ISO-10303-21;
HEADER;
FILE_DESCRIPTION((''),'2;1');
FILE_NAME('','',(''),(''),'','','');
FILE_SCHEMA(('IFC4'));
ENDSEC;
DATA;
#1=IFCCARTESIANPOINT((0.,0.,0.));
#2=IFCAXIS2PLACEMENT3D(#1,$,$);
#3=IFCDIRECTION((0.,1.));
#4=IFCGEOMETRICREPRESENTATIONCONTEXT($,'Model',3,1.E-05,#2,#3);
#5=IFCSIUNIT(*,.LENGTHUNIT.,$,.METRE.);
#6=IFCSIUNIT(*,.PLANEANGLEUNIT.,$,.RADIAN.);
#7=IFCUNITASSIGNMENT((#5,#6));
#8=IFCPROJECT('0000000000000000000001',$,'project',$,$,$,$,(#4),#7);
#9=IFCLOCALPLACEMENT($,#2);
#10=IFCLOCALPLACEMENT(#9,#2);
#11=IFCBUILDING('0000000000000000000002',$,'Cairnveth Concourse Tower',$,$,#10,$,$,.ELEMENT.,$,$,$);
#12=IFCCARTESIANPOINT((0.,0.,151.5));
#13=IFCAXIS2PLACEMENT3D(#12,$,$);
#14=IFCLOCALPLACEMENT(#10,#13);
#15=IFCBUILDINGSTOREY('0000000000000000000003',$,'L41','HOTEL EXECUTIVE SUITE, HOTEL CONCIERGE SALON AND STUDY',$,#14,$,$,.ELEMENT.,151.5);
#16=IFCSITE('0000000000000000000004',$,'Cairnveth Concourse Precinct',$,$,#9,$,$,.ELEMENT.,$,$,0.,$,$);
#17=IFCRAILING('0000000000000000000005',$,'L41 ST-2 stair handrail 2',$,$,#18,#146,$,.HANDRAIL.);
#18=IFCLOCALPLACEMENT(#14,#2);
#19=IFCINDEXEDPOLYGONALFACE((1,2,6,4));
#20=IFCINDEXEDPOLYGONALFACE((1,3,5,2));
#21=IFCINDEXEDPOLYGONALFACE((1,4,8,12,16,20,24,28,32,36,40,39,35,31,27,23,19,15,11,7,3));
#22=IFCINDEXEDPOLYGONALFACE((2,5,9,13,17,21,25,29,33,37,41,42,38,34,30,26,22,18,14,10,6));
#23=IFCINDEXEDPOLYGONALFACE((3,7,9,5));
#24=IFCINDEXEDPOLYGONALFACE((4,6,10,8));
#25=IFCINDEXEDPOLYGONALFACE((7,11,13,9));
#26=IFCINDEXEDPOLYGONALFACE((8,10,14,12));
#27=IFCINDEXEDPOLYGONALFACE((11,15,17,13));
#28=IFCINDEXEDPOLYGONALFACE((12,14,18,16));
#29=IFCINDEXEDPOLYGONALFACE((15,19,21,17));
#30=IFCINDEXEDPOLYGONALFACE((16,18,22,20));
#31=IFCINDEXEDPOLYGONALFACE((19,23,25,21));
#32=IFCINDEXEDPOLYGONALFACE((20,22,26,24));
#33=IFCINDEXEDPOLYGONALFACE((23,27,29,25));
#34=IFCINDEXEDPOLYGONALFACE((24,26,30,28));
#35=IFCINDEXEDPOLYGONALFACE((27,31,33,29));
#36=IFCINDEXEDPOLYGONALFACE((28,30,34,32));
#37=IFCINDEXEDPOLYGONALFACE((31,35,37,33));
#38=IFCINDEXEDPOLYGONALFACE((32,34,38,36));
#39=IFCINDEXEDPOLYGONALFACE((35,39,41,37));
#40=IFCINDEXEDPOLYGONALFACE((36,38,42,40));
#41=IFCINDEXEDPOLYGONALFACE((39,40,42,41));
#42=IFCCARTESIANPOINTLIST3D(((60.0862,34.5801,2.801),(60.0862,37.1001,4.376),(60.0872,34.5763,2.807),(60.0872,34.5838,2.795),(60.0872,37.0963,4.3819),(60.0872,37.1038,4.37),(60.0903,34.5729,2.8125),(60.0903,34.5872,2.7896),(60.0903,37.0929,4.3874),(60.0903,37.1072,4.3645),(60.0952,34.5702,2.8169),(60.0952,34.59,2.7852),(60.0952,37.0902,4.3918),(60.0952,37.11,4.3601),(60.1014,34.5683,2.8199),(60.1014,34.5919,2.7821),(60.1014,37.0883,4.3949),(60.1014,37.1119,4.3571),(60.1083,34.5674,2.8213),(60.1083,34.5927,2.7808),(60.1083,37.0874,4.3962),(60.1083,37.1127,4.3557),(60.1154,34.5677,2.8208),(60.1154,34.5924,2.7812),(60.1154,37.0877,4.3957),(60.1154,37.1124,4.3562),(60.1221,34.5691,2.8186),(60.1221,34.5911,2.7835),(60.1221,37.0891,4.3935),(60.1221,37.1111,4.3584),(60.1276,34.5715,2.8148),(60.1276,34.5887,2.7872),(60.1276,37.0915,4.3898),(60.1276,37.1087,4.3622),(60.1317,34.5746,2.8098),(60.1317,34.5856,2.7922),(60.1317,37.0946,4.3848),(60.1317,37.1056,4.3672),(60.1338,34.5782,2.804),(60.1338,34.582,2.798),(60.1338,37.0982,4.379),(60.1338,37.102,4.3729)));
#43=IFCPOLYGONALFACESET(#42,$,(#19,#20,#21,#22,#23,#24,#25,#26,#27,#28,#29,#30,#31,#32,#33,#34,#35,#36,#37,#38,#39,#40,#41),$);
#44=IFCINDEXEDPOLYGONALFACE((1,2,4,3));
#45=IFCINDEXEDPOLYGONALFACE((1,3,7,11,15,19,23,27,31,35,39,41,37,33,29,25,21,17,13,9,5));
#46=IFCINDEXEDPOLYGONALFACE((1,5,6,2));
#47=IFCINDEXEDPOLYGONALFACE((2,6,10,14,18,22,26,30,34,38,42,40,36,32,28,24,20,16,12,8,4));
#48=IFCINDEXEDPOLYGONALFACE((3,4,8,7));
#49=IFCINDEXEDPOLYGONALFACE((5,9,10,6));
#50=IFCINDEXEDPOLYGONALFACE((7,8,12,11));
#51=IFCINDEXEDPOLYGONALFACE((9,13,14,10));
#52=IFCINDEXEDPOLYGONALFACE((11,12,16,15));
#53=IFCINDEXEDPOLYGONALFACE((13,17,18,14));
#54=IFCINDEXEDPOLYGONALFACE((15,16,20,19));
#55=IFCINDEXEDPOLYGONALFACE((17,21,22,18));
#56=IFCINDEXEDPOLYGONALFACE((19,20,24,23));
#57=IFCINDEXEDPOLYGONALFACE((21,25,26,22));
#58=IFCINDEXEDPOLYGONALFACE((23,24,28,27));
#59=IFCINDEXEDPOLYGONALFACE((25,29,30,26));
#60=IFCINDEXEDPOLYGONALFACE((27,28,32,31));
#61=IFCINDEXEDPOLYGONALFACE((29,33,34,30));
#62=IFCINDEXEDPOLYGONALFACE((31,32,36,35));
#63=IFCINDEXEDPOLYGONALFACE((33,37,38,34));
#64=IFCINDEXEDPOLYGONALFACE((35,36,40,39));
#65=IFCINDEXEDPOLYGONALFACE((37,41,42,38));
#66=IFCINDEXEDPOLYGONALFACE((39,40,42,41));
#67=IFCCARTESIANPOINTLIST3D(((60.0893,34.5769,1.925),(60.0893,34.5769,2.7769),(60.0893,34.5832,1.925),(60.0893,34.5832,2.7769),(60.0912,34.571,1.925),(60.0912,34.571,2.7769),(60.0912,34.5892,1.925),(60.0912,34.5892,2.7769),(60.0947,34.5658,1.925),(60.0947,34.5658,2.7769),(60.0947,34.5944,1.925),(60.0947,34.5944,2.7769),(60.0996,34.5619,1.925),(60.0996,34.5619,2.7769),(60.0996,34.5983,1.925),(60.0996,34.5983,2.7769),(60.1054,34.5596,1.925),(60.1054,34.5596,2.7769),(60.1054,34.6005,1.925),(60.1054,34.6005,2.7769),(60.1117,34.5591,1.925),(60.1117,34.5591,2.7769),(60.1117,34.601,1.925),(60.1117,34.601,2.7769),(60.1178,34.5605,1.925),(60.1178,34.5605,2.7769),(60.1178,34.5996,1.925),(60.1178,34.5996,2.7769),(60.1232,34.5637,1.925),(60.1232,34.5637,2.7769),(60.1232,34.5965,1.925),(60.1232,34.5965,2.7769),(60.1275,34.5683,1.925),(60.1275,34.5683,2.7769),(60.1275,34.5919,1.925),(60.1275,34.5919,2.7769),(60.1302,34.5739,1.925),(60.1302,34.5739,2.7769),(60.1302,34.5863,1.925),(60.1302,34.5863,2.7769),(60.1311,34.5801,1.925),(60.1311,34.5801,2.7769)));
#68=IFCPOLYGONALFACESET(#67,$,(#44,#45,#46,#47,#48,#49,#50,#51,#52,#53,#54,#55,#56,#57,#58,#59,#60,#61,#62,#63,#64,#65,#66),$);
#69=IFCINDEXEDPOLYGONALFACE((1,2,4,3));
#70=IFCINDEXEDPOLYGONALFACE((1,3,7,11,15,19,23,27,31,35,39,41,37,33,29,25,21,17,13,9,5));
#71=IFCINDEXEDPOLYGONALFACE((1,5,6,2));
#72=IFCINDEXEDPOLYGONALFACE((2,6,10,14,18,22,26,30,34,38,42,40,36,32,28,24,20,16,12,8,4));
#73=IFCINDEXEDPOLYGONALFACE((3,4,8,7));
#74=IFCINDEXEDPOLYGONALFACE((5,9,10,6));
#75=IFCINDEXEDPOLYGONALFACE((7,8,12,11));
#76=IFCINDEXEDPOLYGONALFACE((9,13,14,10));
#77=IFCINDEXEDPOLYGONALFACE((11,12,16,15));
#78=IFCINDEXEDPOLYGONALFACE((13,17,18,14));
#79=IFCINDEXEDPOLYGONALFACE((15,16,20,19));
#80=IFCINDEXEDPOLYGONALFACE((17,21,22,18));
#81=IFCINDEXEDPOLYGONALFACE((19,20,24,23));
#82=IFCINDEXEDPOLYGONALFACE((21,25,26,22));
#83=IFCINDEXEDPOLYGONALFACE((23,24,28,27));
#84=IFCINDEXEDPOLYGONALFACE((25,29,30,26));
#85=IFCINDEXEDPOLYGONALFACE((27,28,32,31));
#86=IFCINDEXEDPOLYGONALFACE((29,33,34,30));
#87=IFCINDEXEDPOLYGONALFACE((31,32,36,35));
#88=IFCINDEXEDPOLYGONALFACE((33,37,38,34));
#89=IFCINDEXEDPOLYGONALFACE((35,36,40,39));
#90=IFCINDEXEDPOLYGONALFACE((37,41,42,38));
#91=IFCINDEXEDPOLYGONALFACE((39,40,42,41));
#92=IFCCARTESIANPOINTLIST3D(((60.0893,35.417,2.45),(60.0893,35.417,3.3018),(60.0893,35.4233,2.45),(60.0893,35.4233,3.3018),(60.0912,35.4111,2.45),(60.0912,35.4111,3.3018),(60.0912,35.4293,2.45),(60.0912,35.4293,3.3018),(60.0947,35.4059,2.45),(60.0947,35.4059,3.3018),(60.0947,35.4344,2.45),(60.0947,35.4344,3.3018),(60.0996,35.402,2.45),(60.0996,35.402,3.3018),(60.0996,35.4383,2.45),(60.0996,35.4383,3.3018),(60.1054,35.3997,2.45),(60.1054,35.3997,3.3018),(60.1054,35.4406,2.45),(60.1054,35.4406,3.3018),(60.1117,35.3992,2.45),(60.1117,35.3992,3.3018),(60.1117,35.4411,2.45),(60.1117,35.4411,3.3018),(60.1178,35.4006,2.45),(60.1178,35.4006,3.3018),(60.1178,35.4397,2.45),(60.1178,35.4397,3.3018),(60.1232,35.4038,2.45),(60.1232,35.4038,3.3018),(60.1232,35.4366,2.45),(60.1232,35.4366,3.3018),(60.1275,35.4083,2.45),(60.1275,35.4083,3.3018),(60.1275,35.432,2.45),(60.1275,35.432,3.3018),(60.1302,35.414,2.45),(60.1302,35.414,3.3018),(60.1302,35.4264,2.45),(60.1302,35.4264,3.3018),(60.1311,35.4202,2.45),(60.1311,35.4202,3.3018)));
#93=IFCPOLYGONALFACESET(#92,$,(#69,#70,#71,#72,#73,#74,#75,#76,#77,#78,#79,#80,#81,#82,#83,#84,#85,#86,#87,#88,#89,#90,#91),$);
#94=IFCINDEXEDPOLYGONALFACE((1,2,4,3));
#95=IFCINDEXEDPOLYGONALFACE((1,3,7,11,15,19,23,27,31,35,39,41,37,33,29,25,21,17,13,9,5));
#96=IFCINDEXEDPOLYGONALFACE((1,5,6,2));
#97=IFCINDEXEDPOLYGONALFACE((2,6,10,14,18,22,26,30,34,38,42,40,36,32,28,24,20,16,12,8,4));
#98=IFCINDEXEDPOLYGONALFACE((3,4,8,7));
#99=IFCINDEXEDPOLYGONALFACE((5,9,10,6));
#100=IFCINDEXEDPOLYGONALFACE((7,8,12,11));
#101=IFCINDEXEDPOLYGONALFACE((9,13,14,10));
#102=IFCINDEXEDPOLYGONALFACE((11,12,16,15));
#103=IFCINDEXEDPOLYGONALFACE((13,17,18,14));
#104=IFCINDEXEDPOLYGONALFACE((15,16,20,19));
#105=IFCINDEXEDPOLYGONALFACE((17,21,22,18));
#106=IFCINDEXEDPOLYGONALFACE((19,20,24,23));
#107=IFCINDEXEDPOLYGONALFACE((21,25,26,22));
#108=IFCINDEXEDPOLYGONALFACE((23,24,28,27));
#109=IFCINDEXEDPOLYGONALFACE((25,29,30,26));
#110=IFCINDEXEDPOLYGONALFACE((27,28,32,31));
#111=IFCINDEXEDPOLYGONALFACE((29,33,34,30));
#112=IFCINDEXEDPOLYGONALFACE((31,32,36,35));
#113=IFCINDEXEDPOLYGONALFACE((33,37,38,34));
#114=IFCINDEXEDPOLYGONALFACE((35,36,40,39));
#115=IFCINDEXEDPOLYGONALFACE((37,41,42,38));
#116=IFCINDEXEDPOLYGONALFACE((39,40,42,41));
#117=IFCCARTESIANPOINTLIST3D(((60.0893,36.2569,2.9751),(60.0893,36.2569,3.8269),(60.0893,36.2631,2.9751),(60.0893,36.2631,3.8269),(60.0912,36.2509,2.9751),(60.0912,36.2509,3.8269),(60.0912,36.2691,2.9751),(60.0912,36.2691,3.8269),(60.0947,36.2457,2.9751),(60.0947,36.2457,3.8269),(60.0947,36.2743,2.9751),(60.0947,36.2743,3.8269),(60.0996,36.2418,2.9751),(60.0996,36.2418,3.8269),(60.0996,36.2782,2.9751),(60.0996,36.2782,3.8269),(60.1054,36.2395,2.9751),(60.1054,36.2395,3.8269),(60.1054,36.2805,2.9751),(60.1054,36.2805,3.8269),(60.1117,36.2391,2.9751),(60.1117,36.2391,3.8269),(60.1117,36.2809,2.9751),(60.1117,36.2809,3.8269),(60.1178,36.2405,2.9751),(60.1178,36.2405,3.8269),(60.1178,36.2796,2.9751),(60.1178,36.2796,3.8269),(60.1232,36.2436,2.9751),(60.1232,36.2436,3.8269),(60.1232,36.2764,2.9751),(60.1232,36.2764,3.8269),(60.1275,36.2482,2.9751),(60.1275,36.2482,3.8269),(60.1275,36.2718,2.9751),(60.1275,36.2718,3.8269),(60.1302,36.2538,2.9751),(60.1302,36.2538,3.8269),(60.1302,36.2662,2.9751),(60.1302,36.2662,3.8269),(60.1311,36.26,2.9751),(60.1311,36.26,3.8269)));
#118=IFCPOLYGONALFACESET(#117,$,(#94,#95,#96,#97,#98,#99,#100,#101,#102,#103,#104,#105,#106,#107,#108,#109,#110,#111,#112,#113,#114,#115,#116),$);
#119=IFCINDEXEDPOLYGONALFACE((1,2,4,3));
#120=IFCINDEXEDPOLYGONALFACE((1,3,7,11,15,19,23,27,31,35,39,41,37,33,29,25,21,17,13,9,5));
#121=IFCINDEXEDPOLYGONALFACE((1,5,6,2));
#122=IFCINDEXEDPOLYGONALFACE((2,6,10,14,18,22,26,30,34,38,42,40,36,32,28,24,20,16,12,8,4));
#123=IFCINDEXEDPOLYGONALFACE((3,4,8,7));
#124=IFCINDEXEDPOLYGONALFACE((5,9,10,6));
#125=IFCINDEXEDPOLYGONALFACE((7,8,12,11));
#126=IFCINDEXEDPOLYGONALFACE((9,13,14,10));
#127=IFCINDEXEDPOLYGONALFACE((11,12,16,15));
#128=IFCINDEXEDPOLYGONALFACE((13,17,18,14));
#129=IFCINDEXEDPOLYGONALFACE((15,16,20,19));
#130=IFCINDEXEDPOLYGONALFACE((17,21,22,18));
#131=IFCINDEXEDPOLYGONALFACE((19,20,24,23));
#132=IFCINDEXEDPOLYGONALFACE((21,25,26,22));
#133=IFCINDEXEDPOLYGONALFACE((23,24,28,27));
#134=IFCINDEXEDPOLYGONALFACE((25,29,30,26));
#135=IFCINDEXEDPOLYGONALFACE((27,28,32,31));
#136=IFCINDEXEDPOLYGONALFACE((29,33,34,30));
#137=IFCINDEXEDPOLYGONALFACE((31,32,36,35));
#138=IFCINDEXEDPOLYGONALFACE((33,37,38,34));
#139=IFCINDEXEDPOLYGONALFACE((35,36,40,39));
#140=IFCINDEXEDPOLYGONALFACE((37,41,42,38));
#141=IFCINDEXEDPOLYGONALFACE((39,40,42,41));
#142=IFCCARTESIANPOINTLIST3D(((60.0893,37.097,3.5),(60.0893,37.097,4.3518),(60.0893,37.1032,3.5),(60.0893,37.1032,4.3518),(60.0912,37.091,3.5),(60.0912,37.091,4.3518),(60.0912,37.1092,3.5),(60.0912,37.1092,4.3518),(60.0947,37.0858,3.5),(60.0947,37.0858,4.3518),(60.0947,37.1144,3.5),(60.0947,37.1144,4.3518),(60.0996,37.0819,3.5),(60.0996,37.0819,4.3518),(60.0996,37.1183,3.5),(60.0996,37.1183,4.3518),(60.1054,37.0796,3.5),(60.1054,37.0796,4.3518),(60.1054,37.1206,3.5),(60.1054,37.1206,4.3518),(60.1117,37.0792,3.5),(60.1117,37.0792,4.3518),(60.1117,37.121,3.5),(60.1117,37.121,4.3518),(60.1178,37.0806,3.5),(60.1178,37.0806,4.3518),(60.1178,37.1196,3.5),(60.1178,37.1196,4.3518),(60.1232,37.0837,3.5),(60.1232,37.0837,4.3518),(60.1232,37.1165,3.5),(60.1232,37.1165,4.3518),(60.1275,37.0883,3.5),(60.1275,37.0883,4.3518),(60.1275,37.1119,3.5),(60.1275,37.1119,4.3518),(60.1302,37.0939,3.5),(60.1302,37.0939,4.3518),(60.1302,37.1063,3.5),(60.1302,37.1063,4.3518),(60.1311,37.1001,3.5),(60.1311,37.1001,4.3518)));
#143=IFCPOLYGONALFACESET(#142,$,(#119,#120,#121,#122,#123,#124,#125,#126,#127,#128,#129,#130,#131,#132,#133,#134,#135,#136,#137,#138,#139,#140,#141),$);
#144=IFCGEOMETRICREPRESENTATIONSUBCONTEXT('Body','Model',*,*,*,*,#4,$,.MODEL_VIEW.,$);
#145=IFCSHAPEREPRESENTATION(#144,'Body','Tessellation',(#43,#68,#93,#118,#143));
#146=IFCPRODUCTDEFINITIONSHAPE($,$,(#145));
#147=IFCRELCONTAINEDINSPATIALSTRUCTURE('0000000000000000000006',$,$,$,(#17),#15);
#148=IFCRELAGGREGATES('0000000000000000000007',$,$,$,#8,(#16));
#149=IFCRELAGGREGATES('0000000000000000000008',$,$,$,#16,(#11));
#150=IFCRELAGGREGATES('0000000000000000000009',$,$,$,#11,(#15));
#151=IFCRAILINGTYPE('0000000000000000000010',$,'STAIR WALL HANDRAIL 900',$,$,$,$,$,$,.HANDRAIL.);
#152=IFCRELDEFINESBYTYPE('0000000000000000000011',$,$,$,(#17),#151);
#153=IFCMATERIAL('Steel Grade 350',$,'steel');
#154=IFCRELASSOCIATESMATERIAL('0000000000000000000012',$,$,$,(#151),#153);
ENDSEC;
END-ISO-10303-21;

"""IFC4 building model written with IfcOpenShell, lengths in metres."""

from ifc_helpers import new_model, si_unit, direction, frame, origin, origin_2d, place, context, subcontext, project, spatial, circle, extrude, material, type_object, element, save


model = new_model("IFC4")

# Units and contexts
model_context = context("Model", 3, precision=1e-05, world=origin(), true_north=direction((0.0, 1.0)))
body_context = subcontext(model_context, "Body", "Model", "MODEL_VIEW")
ifc_project = project(units=[si_unit("LENGTHUNIT", "METRE"), si_unit("PLANEANGLEUNIT", "RADIAN")], contexts=[model_context])

# Site, building, storey
site_placement = place(None, origin())
site = spatial("IfcSite", under=ifc_project, at=site_placement, Name="Cairnveth Concourse Precinct", CompositionType="ELEMENT", RefElevation=0.0)
building_placement = place(site_placement, origin())
building = spatial("IfcBuilding", under=site, at=building_placement, Name="Cairnveth Concourse Tower", CompositionType="ELEMENT")
storey_placement = place(building_placement, frame((0.0, 0.0, 151.5)))
storey = spatial("IfcBuildingStorey", under=building, at=storey_placement, Name="L41", Description="HOTEL EXECUTIVE SUITE, HOTEL CONCIERGE SALON AND STUDY", CompositionType="ELEMENT", Elevation=151.5)

# Shared definitions
ifc_material_1 = material(Name="Steel Grade 350", Category="steel")

# Railing
railing_type_1 = type_object("IfcRailingType", Name="STAIR WALL HANDRAIL 900", PredefinedType="HANDRAIL", material=ifc_material_1)
railing_1_placement = place(storey_placement, frame((60.1101, 34.5801, 1.925)))
element("IfcRailing", 1, at=railing_1_placement, inside=storey, type_object=railing_type_1, Name="L41 ST-2 stair handrail 2", PredefinedType="HANDRAIL", context=body_context, shape_type="SweptSolid", body=[
    extrude(circle(Radius=0.0239, at=origin_2d()), frame((0.0, 0.0, 0.876), z_axis=(0.0, 0.848008, 0.529984), x_axis=(-1.0, 0.0, 0.0)), (0.0, 0.0, 1.0), 2.9717),
    extrude(circle(Radius=0.021, at=origin_2d()), origin(), (0.0, 0.0, 1.0), 0.8518),
    extrude(circle(Radius=0.021, at=origin_2d()), frame((0.0, 0.8401, 0.5249)), (0.0, 0.0, 1.0), 0.8518),
    extrude(circle(Radius=0.021, at=origin_2d()), frame((0.0, 1.6799, 1.05)), (0.0, 0.0, 1.0), 0.8518),
    extrude(circle(Radius=0.021, at=origin_2d()), frame((0.0, 2.52, 1.575)), (0.0, 0.0, 1.0), 0.8518),
])

save(model, "model.ifc")
